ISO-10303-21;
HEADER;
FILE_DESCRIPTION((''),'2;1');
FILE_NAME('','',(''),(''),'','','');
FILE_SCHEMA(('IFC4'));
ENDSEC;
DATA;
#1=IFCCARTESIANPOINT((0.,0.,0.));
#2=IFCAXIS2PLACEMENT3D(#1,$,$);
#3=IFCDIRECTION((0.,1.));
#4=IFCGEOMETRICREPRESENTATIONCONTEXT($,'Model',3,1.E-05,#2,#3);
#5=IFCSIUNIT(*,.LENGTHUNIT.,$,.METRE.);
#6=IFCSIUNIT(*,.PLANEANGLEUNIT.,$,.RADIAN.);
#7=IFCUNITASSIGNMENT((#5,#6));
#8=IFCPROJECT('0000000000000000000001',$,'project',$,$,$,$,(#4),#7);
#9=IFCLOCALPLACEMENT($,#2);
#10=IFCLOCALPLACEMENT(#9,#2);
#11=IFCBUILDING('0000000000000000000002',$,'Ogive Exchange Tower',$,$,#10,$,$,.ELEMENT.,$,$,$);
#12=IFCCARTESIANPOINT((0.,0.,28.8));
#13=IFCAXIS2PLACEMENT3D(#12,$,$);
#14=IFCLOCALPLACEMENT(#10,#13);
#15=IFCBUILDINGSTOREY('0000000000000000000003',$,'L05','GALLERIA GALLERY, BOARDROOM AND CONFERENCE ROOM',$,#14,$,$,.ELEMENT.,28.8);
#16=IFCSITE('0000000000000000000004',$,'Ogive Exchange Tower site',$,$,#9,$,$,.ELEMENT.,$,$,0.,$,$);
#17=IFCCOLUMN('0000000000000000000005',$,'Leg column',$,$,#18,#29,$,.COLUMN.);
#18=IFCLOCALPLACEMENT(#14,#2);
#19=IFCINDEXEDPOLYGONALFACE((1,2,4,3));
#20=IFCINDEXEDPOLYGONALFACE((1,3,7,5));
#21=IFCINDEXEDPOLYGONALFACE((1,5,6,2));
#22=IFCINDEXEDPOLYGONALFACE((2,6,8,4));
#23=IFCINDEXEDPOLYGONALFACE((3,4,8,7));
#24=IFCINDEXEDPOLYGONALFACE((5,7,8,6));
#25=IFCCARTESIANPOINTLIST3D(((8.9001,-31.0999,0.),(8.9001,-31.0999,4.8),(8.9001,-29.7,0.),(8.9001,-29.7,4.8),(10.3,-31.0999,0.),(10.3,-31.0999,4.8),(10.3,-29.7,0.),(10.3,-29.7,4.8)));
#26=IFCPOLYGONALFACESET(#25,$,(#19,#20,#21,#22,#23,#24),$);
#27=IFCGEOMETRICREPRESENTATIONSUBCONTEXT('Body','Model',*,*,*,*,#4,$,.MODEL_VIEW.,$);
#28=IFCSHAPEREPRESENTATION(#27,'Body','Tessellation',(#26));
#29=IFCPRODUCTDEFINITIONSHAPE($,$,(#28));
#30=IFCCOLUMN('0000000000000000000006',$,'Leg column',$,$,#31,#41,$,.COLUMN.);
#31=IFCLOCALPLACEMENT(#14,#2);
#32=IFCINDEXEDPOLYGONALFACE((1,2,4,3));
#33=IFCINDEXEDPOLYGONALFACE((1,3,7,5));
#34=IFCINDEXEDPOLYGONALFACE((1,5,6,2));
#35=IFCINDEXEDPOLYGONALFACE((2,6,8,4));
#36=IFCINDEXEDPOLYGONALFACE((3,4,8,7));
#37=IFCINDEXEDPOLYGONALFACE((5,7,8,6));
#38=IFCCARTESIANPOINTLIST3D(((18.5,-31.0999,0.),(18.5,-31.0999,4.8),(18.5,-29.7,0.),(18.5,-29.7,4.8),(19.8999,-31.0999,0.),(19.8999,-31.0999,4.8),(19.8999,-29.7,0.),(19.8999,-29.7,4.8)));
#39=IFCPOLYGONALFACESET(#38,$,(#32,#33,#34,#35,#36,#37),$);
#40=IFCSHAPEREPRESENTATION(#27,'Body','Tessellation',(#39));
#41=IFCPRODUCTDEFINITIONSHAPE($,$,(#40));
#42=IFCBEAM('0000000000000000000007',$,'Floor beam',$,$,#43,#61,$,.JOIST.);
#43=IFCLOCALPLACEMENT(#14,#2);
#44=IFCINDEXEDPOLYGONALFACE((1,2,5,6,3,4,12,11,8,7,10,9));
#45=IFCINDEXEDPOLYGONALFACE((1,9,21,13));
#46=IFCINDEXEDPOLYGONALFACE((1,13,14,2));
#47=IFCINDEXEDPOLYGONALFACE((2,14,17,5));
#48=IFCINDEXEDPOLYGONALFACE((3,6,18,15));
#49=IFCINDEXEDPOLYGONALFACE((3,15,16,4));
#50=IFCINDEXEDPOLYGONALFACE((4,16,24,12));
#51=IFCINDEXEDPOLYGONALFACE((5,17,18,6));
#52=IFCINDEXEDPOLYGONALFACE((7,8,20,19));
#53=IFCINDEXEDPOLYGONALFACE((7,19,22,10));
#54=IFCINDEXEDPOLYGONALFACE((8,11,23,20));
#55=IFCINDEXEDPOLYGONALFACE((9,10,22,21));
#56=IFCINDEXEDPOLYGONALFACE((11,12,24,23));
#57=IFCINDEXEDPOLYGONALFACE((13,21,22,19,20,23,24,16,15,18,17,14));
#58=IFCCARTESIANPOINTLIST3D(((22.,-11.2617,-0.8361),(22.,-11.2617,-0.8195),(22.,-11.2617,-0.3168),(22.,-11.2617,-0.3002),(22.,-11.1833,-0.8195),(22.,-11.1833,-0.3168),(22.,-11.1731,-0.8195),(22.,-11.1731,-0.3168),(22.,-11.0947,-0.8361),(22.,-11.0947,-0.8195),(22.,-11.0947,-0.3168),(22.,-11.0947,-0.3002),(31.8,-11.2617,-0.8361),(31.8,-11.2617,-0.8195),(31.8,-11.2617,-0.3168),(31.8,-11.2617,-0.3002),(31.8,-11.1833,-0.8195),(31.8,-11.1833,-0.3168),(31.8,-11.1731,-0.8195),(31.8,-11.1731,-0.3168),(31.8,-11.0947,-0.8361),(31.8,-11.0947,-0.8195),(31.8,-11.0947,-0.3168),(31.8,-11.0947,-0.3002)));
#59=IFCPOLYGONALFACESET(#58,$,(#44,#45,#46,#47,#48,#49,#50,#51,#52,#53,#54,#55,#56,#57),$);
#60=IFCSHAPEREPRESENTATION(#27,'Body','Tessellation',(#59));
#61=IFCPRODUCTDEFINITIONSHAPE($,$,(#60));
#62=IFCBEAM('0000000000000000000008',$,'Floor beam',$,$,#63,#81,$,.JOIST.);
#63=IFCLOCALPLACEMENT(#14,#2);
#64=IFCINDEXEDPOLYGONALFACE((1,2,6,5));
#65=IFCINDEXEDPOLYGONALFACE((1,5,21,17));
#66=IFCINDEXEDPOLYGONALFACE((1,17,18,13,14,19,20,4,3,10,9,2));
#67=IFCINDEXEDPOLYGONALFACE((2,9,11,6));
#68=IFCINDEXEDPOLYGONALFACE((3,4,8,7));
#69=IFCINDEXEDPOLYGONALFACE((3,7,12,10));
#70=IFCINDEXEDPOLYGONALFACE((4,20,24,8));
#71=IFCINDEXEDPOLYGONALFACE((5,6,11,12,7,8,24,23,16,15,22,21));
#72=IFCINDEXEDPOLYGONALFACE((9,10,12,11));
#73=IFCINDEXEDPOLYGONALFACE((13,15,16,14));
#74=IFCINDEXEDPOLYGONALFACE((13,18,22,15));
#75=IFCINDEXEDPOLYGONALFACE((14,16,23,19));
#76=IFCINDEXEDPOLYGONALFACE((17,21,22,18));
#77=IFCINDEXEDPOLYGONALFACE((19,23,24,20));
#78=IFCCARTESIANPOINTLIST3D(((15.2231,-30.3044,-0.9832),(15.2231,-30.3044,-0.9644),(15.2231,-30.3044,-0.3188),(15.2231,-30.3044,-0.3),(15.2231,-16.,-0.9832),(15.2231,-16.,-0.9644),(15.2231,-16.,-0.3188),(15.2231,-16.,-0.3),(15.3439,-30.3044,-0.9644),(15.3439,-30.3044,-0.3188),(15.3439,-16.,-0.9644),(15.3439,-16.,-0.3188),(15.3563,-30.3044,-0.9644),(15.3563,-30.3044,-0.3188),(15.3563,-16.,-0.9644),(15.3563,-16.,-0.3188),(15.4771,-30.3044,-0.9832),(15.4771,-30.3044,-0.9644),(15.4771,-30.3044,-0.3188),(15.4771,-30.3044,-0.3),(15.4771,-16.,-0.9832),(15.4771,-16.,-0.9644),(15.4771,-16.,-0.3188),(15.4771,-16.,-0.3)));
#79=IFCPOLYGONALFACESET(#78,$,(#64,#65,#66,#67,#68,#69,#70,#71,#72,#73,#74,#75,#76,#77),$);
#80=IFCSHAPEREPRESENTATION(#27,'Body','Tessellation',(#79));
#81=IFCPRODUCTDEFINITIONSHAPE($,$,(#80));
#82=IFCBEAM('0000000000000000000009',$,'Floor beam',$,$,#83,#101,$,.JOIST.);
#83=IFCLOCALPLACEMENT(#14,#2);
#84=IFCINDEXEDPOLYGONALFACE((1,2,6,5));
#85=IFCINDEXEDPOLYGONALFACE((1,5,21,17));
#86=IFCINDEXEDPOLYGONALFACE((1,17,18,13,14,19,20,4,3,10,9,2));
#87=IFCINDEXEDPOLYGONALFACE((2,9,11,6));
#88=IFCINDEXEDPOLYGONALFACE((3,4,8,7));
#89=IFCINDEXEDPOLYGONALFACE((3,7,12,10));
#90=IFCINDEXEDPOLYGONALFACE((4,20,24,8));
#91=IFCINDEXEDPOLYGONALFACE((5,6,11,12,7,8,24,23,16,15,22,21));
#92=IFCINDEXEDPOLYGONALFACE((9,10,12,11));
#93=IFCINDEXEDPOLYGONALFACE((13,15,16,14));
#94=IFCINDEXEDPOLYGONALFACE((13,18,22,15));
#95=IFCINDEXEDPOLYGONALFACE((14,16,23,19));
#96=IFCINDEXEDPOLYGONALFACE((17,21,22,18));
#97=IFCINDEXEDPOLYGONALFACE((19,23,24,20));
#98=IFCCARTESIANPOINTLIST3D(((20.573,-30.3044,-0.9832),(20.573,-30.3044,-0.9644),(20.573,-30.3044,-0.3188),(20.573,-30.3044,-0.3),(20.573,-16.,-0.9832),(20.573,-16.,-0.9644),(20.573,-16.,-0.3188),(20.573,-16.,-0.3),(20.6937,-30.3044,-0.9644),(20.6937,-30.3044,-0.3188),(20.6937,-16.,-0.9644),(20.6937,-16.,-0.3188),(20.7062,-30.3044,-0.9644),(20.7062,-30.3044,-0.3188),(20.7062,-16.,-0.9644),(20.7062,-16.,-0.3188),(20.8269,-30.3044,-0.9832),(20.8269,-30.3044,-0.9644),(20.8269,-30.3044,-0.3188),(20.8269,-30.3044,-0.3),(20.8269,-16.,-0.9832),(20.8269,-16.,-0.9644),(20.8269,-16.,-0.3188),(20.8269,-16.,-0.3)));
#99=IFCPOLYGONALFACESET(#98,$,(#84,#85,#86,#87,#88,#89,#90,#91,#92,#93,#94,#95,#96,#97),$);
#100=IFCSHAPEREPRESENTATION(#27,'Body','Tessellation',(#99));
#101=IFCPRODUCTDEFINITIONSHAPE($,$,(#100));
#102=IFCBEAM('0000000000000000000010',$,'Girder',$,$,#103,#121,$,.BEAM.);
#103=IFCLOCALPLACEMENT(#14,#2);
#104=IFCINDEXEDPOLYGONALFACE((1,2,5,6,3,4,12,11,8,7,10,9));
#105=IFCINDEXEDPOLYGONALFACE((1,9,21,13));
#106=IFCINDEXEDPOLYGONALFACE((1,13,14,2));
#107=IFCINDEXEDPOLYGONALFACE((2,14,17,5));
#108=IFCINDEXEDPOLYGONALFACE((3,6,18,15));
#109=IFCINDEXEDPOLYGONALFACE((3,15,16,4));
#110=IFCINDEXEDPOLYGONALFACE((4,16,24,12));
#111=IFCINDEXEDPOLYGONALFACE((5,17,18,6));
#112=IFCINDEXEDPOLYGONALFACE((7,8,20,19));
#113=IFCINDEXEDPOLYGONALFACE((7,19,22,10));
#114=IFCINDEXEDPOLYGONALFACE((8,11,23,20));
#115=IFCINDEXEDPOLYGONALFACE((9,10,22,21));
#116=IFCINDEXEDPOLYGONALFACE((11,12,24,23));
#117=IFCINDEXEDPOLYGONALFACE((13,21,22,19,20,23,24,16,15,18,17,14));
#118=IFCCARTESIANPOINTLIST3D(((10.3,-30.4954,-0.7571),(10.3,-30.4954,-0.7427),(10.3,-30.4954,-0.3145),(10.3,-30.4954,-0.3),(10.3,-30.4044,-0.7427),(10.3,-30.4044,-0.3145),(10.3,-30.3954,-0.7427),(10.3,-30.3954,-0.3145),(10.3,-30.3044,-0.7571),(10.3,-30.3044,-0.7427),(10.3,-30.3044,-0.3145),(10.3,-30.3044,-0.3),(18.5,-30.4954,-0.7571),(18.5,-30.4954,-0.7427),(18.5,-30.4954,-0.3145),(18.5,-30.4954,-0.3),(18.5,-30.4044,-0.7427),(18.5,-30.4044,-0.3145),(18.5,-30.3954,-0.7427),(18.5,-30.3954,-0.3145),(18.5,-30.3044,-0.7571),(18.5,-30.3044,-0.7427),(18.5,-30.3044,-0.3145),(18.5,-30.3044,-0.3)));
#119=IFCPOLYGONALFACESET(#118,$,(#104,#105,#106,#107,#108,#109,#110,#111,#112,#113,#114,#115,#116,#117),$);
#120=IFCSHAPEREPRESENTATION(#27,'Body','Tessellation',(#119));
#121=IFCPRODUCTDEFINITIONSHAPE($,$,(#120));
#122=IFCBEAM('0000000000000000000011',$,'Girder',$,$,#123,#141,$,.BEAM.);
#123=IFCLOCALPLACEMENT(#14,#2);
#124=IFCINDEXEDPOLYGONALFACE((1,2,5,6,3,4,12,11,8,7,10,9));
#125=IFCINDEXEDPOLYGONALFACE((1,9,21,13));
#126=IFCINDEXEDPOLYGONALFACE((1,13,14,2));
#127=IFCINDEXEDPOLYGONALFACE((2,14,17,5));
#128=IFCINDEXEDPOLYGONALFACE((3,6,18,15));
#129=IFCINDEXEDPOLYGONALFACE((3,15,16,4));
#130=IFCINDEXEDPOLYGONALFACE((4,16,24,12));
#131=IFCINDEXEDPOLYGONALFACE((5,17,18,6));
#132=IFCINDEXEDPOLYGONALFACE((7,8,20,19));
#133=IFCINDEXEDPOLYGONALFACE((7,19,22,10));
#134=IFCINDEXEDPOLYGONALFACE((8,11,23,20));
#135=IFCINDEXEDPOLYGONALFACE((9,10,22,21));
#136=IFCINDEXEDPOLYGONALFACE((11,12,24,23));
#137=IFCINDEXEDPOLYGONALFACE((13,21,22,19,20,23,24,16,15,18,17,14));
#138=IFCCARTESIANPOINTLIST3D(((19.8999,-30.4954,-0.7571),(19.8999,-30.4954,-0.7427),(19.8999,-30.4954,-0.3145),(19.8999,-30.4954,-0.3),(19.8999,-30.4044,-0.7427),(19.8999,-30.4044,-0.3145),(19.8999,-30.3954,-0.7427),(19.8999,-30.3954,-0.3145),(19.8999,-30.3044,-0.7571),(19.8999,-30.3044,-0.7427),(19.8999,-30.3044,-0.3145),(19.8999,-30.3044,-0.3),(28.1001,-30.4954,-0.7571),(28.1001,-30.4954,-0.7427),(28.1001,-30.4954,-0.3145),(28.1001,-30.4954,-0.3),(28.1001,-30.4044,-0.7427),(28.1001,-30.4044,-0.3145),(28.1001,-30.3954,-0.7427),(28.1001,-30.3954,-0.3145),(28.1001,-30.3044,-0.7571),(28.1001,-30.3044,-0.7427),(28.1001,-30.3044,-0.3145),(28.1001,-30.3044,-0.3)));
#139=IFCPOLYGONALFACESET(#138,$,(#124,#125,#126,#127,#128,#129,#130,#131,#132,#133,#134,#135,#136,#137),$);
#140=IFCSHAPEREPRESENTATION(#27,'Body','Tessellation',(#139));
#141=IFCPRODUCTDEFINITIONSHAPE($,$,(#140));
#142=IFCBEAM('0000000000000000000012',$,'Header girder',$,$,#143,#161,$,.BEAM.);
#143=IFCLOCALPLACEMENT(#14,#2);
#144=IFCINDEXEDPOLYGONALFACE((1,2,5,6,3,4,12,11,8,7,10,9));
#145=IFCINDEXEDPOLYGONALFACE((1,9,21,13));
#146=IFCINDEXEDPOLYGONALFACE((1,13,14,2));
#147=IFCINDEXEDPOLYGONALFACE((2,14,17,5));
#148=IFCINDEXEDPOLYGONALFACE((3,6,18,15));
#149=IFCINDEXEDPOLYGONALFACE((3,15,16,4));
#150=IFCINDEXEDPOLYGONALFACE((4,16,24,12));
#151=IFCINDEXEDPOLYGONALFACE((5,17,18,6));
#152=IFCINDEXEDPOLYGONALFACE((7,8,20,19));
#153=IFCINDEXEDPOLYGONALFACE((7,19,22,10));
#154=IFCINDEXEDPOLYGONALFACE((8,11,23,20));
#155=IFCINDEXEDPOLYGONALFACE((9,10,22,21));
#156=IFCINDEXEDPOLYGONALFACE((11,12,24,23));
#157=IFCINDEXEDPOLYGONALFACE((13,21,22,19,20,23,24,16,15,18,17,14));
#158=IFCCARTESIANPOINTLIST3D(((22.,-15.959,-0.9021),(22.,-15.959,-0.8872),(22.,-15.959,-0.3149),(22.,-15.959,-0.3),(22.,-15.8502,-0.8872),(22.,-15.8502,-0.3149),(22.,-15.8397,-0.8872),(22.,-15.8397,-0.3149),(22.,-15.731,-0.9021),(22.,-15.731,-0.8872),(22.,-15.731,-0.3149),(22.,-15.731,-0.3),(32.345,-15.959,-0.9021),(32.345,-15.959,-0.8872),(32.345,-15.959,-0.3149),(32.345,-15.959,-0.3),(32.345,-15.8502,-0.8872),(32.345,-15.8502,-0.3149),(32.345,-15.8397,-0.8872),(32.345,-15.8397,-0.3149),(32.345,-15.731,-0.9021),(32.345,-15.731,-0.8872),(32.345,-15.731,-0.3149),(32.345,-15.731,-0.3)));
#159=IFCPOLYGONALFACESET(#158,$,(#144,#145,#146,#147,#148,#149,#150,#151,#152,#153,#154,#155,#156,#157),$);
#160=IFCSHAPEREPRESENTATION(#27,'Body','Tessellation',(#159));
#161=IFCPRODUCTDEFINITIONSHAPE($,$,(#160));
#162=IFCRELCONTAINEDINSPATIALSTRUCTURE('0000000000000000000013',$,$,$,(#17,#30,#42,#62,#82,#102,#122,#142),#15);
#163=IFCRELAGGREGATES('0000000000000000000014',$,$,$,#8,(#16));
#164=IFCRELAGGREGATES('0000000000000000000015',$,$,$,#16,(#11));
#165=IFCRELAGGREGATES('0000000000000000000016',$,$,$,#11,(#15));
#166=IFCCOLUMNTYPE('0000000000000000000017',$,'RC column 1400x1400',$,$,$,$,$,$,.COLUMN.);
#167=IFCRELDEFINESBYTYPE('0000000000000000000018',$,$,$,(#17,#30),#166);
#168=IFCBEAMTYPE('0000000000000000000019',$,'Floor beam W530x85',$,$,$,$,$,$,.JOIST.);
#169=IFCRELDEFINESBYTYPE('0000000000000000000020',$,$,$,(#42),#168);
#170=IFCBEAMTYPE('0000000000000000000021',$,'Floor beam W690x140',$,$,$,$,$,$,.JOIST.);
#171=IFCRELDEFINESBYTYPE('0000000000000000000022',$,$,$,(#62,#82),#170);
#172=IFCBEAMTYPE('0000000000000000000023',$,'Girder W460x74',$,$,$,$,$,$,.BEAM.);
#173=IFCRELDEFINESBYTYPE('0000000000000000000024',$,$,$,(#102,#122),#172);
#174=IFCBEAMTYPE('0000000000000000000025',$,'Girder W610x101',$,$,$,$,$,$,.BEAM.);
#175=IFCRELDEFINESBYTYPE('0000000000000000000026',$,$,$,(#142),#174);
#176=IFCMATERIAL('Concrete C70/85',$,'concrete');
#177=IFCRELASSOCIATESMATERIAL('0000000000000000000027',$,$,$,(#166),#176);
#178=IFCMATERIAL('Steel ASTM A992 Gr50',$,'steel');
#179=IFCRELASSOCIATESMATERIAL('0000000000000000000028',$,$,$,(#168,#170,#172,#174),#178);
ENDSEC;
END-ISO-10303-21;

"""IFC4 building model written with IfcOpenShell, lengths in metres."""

from ifc_helpers import new_model, si_unit, direction, frame, origin, origin_2d, place, context, subcontext, project, spatial, rectangle, i_section, extrude, material, material_profile, profile_set, type_object, element, save


model = new_model("IFC4")

# Units and contexts
model_context = context("Model", 3, precision=1e-05, world=origin(), true_north=direction((0.0, 1.0)))
body_context = subcontext(model_context, "Body", "Model", "MODEL_VIEW")
ifc_project = project(units=[si_unit("LENGTHUNIT", "METRE"), si_unit("PLANEANGLEUNIT", "RADIAN")], contexts=[model_context])

# Site, building, storey
site_placement = place(None, origin())
site = spatial("IfcSite", under=ifc_project, at=site_placement, Name="Ogive Exchange Tower site", CompositionType="ELEMENT", RefElevation=0.0)
building_placement = place(site_placement, origin())
building = spatial("IfcBuilding", under=site, at=building_placement, Name="Ogive Exchange Tower", CompositionType="ELEMENT")
storey_placement = place(building_placement, frame((0.0, 0.0, 28.8)))
storey = spatial("IfcBuildingStorey", under=building, at=storey_placement, Name="L05", Description="GALLERIA GALLERY, BOARDROOM AND CONFERENCE ROOM", CompositionType="ELEMENT", Elevation=28.8)

# Columns
ifc_material_1 = material(Name="Concrete C70/85", Category="concrete")
ifc_material_profile_1 = material_profile(ifc_material_1, rectangle(XDim=1.3999, YDim=1.3999, at=origin_2d()), Name="RC 1400x1400")
ifc_profile_set_1 = profile_set([ifc_material_profile_1], Name="Concrete C70/85")
column_type = type_object("IfcColumnType", Name="RC column 1400x1400", PredefinedType="COLUMN", material=ifc_profile_set_1)
for number, where, z_axis, x_axis, name in (
    (1, (9.6001, -30.3999, 0.0), (0.0, 0.0, 1.0), (1.0, 0.0, 0.0), "Leg column"),
    (2, (19.2, -30.3999, 0.0), (0.0, 0.0, 1.0), (1.0, 0.0, 0.0), "Leg column"),
):
    element("IfcColumn", number, at=place(storey_placement, frame(where, z_axis=z_axis, x_axis=x_axis)), inside=storey, type_object=column_type, Name=name, PredefinedType="COLUMN", context=body_context, shape_type="SweptSolid", body=[
        extrude(rectangle(XDim=1.3999, YDim=1.3999, at=origin_2d()), origin(), (0.0, 0.0, 1.0), 4.8),
    ])

# Beams
ifc_material_2 = material(Name="Steel ASTM A992 Gr50", Category="steel")
ifc_material_profile_2 = material_profile(ifc_material_2, i_section(OverallWidth=0.167, OverallDepth=0.5359, WebThickness=0.0103, FlangeThickness=0.0166, at=origin_2d()), Name="W530x85")
ifc_profile_set_2 = profile_set([ifc_material_profile_2], Name="Steel ASTM A992 Gr50")
beam_type_1 = type_object("IfcBeamType", Name="Floor beam W530x85", PredefinedType="JOIST", material=ifc_profile_set_2)
beam_1_placement = place(storey_placement, frame((22.0, -11.1782, -0.5681), z_axis=(1.0, 0.0, 0.0), x_axis=(0.0, 1.0, 0.0)))
element("IfcBeam", 3, at=beam_1_placement, inside=storey, type_object=beam_type_1, Name="Floor beam", PredefinedType="JOIST", context=body_context, shape_type="SweptSolid", body=[
    extrude(i_section(OverallWidth=0.167, OverallDepth=0.5359, WebThickness=0.0103, FlangeThickness=0.0166, at=origin_2d()), origin(), (0.0, 0.0, 1.0), 9.8),
])
ifc_material_profile_3 = material_profile(ifc_material_2, i_section(OverallWidth=0.2539, OverallDepth=0.6831, WebThickness=0.0125, FlangeThickness=0.0188, at=origin_2d()), Name="W690x140")
ifc_profile_set_3 = profile_set([ifc_material_profile_3], Name="Steel ASTM A992 Gr50")
beam_type_2 = type_object("IfcBeamType", Name="Floor beam W690x140", PredefinedType="JOIST", material=ifc_profile_set_3)
for number, where, z_axis, x_axis, name in (
    (4, (15.3501, -30.3044, -0.6416), (0.0, 1.0, 0.0), (-1.0, 0.0, 0.0), "Floor beam"),
    (5, (20.7, -30.3044, -0.6416), (0.0, 1.0, 0.0), (-1.0, 0.0, 0.0), "Floor beam"),
):
    element("IfcBeam", number, at=place(storey_placement, frame(where, z_axis=z_axis, x_axis=x_axis)), inside=storey, type_object=beam_type_2, Name=name, PredefinedType="JOIST", context=body_context, shape_type="SweptSolid", body=[
        extrude(i_section(OverallWidth=0.2539, OverallDepth=0.6831, WebThickness=0.0125, FlangeThickness=0.0188, at=origin_2d()), origin(), (0.0, 0.0, 1.0), 14.3044),
    ])
ifc_material_profile_4 = material_profile(ifc_material_2, i_section(OverallWidth=0.1909, OverallDepth=0.457, WebThickness=0.009, FlangeThickness=0.0144, at=origin_2d()), Name="W460x74")
ifc_profile_set_4 = profile_set([ifc_material_profile_4], Name="Steel ASTM A992 Gr50")
beam_type_3 = type_object("IfcBeamType", Name="Girder W460x74", PredefinedType="BEAM", material=ifc_profile_set_4)
beam_2_placement = place(storey_placement, frame((10.3, -30.3999, -0.5286), z_axis=(1.0, 0.0, 0.0), x_axis=(0.0, 1.0, 0.0)))
element("IfcBeam", 6, at=beam_2_placement, inside=storey, type_object=beam_type_3, Name="Girder", PredefinedType="BEAM", context=body_context, shape_type="SweptSolid", body=[
    extrude(i_section(OverallWidth=0.1909, OverallDepth=0.457, WebThickness=0.009, FlangeThickness=0.0144, at=origin_2d()), origin(), (0.0, 0.0, 1.0), 8.2),
])
beam_3_placement = place(storey_placement, frame((19.8999, -30.3999, -0.5286), z_axis=(1.0, 0.0, 0.0), x_axis=(0.0, 1.0, 0.0)))
element("IfcBeam", 7, at=beam_3_placement, inside=storey, type_object=beam_type_3, Name="Girder", PredefinedType="BEAM", context=body_context, shape_type="SweptSolid", body=[
    extrude(i_section(OverallWidth=0.1909, OverallDepth=0.457, WebThickness=0.009, FlangeThickness=0.0144, at=origin_2d()), origin(), (0.0, 0.0, 1.0), 8.2002),
])
ifc_material_profile_5 = material_profile(ifc_material_2, i_section(OverallWidth=0.228, OverallDepth=0.6021, WebThickness=0.0105, FlangeThickness=0.0149, at=origin_2d()), Name="W610x101")
ifc_profile_set_5 = profile_set([ifc_material_profile_5], Name="Steel ASTM A992 Gr50")
beam_type_4 = type_object("IfcBeamType", Name="Girder W610x101", PredefinedType="BEAM", material=ifc_profile_set_5)
beam_4_placement = place(storey_placement, frame((22.0, -15.845, -0.6011), z_axis=(1.0, 0.0, 0.0), x_axis=(0.0, 1.0, 0.0)))
element("IfcBeam", 8, at=beam_4_placement, inside=storey, type_object=beam_type_4, Name="Header girder", PredefinedType="BEAM", context=body_context, shape_type="SweptSolid", body=[
    extrude(i_section(OverallWidth=0.228, OverallDepth=0.6021, WebThickness=0.0105, FlangeThickness=0.0149, at=origin_2d()), origin(), (0.0, 0.0, 1.0), 10.345),
])

save(model, "model.ifc")
